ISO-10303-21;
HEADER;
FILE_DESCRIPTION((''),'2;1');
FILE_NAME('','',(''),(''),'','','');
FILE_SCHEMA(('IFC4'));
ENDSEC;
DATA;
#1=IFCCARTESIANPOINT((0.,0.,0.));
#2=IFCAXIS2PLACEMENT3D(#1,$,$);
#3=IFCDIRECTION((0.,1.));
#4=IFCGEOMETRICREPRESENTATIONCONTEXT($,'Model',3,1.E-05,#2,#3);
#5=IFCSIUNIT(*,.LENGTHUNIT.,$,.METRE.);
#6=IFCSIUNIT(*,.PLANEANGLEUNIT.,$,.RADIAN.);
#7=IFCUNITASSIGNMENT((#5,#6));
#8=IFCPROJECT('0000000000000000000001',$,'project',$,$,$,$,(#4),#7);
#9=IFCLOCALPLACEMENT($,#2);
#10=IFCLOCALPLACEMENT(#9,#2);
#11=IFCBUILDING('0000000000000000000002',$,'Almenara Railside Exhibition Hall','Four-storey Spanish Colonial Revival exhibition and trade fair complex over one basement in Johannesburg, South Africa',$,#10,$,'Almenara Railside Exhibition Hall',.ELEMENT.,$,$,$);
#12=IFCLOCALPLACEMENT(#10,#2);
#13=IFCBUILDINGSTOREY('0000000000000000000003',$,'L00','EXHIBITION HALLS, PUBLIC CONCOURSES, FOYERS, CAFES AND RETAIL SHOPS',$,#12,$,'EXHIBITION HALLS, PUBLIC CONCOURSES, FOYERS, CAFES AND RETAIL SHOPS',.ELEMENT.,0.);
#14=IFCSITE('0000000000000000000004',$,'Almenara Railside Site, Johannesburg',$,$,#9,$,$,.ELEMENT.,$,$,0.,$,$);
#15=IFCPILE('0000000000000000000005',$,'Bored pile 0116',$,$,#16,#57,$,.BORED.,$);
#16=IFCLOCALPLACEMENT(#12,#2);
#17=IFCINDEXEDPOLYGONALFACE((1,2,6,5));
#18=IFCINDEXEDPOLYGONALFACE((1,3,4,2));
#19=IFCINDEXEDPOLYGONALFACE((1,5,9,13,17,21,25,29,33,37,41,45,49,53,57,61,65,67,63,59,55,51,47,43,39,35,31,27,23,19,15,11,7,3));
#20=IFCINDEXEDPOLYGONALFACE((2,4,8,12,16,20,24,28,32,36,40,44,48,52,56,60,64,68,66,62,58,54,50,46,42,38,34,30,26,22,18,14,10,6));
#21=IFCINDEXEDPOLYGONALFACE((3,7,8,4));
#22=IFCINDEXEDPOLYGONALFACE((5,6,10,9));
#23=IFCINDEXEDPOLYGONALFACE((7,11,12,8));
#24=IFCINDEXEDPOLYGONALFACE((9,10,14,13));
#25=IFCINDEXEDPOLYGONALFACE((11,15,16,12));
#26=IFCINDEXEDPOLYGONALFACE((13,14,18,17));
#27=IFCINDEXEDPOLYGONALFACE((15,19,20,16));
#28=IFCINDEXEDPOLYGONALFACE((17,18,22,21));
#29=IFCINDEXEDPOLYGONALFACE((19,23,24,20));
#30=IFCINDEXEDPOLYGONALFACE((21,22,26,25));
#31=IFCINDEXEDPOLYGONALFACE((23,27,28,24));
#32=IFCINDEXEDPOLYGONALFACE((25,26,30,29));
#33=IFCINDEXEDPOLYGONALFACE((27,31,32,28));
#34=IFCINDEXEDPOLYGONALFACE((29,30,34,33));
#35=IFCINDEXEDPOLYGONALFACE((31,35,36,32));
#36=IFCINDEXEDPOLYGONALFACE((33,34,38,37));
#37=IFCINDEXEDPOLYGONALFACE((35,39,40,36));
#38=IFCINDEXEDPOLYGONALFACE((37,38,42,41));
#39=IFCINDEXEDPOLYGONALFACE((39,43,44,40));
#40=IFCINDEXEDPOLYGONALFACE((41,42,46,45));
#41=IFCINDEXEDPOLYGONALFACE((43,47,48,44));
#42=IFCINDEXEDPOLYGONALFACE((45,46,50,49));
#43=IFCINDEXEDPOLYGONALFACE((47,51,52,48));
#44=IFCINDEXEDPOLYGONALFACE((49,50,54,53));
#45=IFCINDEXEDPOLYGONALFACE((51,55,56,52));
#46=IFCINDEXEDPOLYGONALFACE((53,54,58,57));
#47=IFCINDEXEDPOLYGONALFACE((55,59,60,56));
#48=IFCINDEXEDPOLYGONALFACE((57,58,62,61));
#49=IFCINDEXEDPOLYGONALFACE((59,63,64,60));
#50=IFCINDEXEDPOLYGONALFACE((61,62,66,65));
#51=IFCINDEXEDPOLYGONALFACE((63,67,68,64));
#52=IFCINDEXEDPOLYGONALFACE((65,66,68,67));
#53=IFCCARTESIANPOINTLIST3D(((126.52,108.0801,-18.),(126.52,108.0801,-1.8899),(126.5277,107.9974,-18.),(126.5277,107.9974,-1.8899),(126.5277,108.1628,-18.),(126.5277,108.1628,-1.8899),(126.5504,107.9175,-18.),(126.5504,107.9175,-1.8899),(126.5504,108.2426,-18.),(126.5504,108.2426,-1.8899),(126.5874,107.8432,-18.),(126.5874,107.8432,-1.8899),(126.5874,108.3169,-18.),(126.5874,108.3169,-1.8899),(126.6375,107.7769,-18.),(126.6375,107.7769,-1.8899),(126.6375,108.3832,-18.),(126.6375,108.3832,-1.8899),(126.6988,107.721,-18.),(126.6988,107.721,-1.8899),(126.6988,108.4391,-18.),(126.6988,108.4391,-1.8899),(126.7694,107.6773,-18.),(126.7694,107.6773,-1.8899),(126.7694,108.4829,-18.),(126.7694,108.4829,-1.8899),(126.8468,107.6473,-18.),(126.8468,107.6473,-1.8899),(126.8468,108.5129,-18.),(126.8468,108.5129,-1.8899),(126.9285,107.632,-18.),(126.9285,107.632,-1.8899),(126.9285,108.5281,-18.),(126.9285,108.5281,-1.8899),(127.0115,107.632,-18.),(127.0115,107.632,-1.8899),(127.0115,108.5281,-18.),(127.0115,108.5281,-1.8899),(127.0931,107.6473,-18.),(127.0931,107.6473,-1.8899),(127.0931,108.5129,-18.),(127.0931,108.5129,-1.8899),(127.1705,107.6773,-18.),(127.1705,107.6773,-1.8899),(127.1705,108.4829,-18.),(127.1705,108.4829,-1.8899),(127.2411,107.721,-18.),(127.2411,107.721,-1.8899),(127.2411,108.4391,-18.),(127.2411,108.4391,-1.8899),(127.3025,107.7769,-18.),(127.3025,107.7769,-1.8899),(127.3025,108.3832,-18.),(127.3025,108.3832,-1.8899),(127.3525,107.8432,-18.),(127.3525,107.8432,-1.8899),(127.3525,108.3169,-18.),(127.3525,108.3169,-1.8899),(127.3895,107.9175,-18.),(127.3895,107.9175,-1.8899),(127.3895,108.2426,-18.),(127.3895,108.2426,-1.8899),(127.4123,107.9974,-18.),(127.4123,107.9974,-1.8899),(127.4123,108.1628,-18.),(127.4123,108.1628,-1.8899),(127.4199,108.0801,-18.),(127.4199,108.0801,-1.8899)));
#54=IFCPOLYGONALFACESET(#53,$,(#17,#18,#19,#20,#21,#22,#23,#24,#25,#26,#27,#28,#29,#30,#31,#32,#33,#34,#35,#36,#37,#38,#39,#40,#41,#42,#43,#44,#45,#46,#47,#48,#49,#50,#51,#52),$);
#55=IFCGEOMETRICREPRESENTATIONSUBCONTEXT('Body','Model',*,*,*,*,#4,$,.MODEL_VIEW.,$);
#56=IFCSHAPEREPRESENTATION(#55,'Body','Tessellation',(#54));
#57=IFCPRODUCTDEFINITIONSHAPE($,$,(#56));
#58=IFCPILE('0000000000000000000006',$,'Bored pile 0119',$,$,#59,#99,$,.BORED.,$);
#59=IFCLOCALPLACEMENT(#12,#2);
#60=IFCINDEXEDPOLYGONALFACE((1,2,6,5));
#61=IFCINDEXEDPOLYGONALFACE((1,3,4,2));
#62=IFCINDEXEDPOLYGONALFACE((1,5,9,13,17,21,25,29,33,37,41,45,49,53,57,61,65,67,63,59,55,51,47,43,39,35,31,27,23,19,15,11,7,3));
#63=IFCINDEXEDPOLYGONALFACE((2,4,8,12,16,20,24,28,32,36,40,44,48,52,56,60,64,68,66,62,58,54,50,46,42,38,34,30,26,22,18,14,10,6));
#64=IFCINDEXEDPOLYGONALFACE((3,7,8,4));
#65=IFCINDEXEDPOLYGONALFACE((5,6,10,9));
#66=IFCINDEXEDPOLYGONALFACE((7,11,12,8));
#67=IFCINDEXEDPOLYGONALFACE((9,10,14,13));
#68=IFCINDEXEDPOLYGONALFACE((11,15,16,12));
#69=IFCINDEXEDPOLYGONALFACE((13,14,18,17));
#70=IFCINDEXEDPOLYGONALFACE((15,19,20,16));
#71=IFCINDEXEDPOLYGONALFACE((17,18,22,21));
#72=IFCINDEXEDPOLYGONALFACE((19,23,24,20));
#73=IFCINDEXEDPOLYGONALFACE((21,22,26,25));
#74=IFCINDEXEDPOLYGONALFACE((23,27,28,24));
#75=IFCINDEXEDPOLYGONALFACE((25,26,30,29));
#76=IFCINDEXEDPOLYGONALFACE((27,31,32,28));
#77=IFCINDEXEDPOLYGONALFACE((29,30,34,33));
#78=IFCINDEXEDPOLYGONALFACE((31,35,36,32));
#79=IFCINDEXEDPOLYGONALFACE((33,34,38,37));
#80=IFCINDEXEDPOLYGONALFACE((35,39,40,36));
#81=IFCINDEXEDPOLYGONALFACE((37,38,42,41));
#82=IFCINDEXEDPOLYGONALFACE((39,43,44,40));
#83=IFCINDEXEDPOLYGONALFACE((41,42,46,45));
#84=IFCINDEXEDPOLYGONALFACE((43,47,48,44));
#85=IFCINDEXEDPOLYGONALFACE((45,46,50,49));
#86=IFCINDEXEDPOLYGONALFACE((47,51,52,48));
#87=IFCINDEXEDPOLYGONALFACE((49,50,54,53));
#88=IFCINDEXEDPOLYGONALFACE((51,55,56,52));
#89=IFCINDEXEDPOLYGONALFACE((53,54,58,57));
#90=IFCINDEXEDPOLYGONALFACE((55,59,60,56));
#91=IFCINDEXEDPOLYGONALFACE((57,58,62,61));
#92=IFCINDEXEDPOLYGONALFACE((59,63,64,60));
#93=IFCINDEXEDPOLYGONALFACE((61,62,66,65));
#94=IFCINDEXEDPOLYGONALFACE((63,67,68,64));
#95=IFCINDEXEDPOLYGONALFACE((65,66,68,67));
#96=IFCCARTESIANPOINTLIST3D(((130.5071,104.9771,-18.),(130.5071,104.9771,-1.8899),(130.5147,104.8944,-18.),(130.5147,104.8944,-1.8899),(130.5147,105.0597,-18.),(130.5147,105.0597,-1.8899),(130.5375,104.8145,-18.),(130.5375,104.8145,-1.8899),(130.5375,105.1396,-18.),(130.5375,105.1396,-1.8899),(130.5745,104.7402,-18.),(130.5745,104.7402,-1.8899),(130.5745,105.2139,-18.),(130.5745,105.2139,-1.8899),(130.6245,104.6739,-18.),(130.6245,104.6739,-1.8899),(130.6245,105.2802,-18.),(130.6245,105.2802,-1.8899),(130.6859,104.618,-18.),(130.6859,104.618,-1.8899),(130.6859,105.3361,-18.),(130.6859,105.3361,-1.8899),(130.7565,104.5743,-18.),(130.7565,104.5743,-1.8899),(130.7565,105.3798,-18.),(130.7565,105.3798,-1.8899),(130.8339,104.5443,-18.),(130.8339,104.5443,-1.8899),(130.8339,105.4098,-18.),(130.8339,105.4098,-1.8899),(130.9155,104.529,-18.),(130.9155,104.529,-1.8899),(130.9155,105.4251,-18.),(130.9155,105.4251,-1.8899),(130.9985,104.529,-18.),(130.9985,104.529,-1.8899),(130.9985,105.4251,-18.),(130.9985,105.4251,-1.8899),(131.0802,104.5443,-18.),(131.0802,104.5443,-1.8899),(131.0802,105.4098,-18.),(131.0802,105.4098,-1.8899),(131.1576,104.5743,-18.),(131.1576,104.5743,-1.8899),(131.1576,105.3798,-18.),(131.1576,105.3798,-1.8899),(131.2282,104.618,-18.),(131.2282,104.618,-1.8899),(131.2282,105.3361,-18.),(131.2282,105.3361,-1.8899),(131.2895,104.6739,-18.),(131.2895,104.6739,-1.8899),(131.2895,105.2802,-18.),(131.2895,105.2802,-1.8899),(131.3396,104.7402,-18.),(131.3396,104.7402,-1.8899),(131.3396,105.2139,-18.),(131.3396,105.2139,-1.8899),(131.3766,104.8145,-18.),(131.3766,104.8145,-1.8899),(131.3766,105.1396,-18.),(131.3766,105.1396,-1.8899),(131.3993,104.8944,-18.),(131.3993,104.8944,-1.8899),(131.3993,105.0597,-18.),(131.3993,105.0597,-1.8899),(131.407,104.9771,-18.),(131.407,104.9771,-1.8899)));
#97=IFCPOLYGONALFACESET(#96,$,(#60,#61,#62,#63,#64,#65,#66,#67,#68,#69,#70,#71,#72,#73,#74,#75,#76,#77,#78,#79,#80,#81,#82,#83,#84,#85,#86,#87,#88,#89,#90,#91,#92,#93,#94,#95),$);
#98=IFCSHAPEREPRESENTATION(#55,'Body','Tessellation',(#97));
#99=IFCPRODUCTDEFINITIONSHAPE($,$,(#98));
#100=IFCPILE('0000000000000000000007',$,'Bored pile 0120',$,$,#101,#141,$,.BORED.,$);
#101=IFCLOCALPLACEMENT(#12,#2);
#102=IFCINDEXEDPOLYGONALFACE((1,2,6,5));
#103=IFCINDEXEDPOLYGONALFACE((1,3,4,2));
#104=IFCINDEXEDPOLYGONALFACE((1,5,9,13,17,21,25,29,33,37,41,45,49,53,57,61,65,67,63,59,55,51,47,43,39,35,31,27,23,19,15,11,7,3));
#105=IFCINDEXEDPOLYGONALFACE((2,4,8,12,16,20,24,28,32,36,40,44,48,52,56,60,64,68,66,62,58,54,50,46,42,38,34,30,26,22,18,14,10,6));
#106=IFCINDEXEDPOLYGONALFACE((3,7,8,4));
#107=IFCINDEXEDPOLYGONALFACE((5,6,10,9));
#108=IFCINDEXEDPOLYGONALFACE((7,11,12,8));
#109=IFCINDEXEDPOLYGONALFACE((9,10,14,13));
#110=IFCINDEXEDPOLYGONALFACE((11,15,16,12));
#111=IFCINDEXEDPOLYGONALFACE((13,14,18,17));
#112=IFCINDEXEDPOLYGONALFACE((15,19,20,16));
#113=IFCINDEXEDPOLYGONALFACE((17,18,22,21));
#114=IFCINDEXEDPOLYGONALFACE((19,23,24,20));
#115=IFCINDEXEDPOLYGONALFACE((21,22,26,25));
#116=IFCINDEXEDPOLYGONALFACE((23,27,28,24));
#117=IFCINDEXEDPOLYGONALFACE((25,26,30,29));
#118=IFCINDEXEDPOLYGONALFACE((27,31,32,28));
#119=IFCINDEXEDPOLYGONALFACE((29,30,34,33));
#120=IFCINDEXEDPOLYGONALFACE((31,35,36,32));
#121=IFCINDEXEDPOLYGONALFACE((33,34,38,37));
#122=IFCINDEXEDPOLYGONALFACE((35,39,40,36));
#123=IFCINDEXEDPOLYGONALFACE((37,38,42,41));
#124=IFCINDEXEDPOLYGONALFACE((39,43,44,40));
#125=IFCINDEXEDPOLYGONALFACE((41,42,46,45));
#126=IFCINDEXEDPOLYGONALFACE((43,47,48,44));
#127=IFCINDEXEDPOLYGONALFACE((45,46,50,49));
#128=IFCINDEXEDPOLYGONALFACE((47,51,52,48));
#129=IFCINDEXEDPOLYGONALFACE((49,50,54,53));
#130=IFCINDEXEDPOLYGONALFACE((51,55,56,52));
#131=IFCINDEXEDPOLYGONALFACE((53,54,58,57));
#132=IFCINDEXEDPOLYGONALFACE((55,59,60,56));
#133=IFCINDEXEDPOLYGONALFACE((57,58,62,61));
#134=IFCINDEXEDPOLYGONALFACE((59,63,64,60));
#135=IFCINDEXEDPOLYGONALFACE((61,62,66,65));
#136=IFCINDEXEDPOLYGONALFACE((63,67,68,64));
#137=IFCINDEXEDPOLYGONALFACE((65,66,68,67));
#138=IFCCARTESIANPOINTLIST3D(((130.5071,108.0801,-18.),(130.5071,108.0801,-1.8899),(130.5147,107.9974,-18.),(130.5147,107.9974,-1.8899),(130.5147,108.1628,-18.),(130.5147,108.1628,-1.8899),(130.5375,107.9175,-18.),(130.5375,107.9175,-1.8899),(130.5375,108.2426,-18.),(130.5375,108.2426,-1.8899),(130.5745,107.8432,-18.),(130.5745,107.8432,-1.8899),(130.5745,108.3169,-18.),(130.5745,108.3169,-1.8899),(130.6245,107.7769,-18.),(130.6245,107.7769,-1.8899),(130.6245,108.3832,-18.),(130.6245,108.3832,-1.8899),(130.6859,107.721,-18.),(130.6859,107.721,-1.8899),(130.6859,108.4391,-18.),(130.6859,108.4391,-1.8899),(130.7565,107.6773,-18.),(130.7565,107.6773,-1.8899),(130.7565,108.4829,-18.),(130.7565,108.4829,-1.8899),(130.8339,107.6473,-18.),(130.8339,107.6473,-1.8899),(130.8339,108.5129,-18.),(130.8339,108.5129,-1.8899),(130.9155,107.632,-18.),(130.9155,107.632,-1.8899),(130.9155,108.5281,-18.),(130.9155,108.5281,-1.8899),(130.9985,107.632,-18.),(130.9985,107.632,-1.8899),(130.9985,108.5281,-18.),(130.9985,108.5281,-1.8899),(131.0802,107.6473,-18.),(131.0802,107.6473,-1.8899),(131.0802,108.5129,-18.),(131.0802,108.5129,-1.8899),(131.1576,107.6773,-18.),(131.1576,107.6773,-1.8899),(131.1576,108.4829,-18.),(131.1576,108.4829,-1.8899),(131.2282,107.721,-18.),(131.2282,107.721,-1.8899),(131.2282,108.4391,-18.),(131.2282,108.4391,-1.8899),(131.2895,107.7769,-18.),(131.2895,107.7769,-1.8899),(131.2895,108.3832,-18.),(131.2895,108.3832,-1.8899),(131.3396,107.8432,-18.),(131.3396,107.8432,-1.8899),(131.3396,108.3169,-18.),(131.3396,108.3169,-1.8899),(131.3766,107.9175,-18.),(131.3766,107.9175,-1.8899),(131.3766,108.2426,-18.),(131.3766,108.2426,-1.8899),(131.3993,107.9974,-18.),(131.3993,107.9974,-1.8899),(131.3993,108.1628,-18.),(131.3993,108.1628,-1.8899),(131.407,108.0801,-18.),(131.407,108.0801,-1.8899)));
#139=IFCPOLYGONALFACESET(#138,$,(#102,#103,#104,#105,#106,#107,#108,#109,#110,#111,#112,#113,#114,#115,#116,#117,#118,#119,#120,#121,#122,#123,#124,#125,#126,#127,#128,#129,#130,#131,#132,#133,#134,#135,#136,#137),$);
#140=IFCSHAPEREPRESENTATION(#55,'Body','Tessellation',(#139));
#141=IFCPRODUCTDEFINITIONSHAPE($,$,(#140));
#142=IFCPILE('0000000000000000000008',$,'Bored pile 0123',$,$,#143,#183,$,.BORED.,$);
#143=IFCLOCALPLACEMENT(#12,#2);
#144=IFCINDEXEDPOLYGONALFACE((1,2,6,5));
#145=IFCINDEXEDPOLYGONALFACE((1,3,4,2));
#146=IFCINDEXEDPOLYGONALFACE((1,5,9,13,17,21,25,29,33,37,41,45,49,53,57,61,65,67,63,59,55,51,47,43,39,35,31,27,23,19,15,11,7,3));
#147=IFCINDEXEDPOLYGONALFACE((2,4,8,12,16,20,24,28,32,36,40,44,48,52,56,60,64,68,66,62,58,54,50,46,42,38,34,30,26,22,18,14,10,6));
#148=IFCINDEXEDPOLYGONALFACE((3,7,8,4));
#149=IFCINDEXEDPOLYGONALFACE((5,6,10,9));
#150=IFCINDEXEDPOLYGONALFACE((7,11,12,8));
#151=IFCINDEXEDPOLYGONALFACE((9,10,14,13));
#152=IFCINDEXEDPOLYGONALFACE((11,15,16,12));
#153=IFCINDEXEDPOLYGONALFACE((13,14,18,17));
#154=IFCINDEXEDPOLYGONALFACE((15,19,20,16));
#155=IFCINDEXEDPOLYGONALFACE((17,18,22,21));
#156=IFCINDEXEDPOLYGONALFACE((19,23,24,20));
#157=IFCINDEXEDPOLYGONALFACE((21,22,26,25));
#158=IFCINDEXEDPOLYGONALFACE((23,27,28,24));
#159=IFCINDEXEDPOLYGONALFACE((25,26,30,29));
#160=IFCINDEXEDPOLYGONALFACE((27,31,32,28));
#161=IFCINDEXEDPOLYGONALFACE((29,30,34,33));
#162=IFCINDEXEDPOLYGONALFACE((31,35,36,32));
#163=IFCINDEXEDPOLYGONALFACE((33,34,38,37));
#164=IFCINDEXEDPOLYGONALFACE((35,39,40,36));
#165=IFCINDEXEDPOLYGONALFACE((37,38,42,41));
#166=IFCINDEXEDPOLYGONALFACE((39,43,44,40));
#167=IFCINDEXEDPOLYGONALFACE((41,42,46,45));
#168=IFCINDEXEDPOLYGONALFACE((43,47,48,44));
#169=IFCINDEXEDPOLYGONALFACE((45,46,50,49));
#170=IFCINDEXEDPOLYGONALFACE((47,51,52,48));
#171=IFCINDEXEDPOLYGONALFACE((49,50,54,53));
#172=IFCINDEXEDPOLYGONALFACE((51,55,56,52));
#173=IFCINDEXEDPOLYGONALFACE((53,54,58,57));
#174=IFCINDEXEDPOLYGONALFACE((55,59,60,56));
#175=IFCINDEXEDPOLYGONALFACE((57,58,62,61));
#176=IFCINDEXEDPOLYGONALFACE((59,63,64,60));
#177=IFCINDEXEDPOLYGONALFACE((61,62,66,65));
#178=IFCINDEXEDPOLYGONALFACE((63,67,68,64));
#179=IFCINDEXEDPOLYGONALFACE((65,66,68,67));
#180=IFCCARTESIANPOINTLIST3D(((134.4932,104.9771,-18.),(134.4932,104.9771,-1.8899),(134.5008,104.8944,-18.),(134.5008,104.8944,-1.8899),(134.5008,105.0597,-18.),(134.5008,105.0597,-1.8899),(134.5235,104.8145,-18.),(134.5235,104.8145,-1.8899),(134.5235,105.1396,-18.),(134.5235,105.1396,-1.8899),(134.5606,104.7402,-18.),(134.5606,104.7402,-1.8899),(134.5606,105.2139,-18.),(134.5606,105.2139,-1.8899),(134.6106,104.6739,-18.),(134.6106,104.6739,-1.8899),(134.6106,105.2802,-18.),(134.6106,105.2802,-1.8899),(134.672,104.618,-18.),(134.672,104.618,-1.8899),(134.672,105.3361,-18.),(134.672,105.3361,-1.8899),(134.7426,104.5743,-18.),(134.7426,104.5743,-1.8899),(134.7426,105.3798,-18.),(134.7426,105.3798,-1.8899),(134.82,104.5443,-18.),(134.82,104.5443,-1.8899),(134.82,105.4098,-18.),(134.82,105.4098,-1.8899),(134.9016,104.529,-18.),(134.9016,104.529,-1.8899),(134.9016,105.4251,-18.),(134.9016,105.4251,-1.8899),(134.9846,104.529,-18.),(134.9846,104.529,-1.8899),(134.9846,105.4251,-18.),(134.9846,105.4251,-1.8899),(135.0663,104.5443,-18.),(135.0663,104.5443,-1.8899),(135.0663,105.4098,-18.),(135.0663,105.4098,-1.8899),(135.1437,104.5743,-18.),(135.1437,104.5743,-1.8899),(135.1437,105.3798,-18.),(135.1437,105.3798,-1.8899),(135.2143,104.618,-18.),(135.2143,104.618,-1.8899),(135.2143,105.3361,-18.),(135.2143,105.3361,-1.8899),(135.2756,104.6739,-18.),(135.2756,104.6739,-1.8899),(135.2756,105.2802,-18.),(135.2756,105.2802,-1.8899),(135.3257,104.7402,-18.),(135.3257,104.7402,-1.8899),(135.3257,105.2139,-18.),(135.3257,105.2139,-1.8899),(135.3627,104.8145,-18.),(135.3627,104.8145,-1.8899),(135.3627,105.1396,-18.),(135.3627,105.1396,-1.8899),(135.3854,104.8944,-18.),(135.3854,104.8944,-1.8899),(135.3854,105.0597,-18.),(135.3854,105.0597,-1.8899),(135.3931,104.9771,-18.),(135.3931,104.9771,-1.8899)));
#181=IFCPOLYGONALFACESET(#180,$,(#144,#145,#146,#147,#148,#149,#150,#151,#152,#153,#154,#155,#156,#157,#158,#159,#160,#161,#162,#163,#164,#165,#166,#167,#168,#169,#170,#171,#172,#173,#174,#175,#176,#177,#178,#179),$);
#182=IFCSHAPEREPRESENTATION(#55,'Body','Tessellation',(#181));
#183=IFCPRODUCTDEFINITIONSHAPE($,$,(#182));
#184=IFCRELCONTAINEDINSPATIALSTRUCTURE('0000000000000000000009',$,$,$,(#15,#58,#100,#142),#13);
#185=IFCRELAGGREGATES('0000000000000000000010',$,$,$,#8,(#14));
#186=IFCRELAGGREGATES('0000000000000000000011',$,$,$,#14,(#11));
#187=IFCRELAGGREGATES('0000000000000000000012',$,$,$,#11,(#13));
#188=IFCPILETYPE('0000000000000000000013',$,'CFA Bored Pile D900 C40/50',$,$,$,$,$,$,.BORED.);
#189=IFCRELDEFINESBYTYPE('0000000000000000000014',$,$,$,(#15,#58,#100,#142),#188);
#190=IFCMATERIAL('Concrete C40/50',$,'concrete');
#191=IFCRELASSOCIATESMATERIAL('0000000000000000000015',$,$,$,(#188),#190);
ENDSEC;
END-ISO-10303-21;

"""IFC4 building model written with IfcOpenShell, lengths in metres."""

from ifc_helpers import new_model, si_unit, direction, frame, origin, origin_2d, place, context, subcontext, project, spatial, circle, extrude, material, material_profile, profile_set, type_object, element, save


model = new_model("IFC4")

# Units and contexts
model_context = context("Model", 3, precision=1e-05, world=origin(), true_north=direction((0.0, 1.0)))
body_context = subcontext(model_context, "Body", "Model", "MODEL_VIEW")
ifc_project = project(units=[si_unit("LENGTHUNIT", "METRE"), si_unit("PLANEANGLEUNIT", "RADIAN")], contexts=[model_context])

# Site, building, storey
site_placement = place(None, origin())
site = spatial("IfcSite", under=ifc_project, at=site_placement, Name="Almenara Railside Site, Johannesburg", CompositionType="ELEMENT", RefElevation=0.0)
building_placement = place(site_placement, origin())
building = spatial("IfcBuilding", under=site, at=building_placement, Name="Almenara Railside Exhibition Hall", Description="Four-storey Spanish Colonial Revival exhibition and trade fair complex over one basement in Johannesburg, South Africa", LongName="Almenara Railside Exhibition Hall", CompositionType="ELEMENT")
storey_placement = place(building_placement, origin())
storey = spatial("IfcBuildingStorey", under=building, at=storey_placement, Name="L00", Description="EXHIBITION HALLS, PUBLIC CONCOURSES, FOYERS, CAFES AND RETAIL SHOPS", LongName="EXHIBITION HALLS, PUBLIC CONCOURSES, FOYERS, CAFES AND RETAIL SHOPS", CompositionType="ELEMENT", Elevation=0.0)

# Piles
ifc_material_1 = material(Name="Concrete C40/50", Category="concrete")
ifc_material_profile_1 = material_profile(ifc_material_1, circle(Radius=0.45, at=origin_2d()), Name="CFA-PILE D900")
ifc_profile_set_1 = profile_set([ifc_material_profile_1], Name="Concrete C40/50")
pile_type = type_object("IfcPileType", Name="CFA Bored Pile D900 C40/50", PredefinedType="BORED", material=ifc_profile_set_1)
for number, where, z_axis, x_axis, name in (
    (1, (126.97, 108.0801, -1.8899), (0.0, 0.0, -1.0), (1.0, 0.0, 0.0), "Bored pile 0116"),
    (2, (130.957, 104.9771, -1.8899), (0.0, 0.0, -1.0), (1.0, 0.0, 0.0), "Bored pile 0119"),
    (3, (130.957, 108.0801, -1.8899), (0.0, 0.0, -1.0), (1.0, 0.0, 0.0), "Bored pile 0120"),
    (4, (134.9431, 104.9771, -1.8899), (0.0, 0.0, -1.0), (1.0, 0.0, 0.0), "Bored pile 0123"),
):
    element("IfcPile", number, at=place(storey_placement, frame(where, z_axis=z_axis, x_axis=x_axis)), inside=storey, type_object=pile_type, Name=name, PredefinedType="BORED", context=body_context, shape_type="SweptSolid", body=[
        extrude(circle(Radius=0.45, at=origin_2d()), origin(), (0.0, 0.0, 1.0), 16.1101),
    ])

save(model, "model.ifc")
